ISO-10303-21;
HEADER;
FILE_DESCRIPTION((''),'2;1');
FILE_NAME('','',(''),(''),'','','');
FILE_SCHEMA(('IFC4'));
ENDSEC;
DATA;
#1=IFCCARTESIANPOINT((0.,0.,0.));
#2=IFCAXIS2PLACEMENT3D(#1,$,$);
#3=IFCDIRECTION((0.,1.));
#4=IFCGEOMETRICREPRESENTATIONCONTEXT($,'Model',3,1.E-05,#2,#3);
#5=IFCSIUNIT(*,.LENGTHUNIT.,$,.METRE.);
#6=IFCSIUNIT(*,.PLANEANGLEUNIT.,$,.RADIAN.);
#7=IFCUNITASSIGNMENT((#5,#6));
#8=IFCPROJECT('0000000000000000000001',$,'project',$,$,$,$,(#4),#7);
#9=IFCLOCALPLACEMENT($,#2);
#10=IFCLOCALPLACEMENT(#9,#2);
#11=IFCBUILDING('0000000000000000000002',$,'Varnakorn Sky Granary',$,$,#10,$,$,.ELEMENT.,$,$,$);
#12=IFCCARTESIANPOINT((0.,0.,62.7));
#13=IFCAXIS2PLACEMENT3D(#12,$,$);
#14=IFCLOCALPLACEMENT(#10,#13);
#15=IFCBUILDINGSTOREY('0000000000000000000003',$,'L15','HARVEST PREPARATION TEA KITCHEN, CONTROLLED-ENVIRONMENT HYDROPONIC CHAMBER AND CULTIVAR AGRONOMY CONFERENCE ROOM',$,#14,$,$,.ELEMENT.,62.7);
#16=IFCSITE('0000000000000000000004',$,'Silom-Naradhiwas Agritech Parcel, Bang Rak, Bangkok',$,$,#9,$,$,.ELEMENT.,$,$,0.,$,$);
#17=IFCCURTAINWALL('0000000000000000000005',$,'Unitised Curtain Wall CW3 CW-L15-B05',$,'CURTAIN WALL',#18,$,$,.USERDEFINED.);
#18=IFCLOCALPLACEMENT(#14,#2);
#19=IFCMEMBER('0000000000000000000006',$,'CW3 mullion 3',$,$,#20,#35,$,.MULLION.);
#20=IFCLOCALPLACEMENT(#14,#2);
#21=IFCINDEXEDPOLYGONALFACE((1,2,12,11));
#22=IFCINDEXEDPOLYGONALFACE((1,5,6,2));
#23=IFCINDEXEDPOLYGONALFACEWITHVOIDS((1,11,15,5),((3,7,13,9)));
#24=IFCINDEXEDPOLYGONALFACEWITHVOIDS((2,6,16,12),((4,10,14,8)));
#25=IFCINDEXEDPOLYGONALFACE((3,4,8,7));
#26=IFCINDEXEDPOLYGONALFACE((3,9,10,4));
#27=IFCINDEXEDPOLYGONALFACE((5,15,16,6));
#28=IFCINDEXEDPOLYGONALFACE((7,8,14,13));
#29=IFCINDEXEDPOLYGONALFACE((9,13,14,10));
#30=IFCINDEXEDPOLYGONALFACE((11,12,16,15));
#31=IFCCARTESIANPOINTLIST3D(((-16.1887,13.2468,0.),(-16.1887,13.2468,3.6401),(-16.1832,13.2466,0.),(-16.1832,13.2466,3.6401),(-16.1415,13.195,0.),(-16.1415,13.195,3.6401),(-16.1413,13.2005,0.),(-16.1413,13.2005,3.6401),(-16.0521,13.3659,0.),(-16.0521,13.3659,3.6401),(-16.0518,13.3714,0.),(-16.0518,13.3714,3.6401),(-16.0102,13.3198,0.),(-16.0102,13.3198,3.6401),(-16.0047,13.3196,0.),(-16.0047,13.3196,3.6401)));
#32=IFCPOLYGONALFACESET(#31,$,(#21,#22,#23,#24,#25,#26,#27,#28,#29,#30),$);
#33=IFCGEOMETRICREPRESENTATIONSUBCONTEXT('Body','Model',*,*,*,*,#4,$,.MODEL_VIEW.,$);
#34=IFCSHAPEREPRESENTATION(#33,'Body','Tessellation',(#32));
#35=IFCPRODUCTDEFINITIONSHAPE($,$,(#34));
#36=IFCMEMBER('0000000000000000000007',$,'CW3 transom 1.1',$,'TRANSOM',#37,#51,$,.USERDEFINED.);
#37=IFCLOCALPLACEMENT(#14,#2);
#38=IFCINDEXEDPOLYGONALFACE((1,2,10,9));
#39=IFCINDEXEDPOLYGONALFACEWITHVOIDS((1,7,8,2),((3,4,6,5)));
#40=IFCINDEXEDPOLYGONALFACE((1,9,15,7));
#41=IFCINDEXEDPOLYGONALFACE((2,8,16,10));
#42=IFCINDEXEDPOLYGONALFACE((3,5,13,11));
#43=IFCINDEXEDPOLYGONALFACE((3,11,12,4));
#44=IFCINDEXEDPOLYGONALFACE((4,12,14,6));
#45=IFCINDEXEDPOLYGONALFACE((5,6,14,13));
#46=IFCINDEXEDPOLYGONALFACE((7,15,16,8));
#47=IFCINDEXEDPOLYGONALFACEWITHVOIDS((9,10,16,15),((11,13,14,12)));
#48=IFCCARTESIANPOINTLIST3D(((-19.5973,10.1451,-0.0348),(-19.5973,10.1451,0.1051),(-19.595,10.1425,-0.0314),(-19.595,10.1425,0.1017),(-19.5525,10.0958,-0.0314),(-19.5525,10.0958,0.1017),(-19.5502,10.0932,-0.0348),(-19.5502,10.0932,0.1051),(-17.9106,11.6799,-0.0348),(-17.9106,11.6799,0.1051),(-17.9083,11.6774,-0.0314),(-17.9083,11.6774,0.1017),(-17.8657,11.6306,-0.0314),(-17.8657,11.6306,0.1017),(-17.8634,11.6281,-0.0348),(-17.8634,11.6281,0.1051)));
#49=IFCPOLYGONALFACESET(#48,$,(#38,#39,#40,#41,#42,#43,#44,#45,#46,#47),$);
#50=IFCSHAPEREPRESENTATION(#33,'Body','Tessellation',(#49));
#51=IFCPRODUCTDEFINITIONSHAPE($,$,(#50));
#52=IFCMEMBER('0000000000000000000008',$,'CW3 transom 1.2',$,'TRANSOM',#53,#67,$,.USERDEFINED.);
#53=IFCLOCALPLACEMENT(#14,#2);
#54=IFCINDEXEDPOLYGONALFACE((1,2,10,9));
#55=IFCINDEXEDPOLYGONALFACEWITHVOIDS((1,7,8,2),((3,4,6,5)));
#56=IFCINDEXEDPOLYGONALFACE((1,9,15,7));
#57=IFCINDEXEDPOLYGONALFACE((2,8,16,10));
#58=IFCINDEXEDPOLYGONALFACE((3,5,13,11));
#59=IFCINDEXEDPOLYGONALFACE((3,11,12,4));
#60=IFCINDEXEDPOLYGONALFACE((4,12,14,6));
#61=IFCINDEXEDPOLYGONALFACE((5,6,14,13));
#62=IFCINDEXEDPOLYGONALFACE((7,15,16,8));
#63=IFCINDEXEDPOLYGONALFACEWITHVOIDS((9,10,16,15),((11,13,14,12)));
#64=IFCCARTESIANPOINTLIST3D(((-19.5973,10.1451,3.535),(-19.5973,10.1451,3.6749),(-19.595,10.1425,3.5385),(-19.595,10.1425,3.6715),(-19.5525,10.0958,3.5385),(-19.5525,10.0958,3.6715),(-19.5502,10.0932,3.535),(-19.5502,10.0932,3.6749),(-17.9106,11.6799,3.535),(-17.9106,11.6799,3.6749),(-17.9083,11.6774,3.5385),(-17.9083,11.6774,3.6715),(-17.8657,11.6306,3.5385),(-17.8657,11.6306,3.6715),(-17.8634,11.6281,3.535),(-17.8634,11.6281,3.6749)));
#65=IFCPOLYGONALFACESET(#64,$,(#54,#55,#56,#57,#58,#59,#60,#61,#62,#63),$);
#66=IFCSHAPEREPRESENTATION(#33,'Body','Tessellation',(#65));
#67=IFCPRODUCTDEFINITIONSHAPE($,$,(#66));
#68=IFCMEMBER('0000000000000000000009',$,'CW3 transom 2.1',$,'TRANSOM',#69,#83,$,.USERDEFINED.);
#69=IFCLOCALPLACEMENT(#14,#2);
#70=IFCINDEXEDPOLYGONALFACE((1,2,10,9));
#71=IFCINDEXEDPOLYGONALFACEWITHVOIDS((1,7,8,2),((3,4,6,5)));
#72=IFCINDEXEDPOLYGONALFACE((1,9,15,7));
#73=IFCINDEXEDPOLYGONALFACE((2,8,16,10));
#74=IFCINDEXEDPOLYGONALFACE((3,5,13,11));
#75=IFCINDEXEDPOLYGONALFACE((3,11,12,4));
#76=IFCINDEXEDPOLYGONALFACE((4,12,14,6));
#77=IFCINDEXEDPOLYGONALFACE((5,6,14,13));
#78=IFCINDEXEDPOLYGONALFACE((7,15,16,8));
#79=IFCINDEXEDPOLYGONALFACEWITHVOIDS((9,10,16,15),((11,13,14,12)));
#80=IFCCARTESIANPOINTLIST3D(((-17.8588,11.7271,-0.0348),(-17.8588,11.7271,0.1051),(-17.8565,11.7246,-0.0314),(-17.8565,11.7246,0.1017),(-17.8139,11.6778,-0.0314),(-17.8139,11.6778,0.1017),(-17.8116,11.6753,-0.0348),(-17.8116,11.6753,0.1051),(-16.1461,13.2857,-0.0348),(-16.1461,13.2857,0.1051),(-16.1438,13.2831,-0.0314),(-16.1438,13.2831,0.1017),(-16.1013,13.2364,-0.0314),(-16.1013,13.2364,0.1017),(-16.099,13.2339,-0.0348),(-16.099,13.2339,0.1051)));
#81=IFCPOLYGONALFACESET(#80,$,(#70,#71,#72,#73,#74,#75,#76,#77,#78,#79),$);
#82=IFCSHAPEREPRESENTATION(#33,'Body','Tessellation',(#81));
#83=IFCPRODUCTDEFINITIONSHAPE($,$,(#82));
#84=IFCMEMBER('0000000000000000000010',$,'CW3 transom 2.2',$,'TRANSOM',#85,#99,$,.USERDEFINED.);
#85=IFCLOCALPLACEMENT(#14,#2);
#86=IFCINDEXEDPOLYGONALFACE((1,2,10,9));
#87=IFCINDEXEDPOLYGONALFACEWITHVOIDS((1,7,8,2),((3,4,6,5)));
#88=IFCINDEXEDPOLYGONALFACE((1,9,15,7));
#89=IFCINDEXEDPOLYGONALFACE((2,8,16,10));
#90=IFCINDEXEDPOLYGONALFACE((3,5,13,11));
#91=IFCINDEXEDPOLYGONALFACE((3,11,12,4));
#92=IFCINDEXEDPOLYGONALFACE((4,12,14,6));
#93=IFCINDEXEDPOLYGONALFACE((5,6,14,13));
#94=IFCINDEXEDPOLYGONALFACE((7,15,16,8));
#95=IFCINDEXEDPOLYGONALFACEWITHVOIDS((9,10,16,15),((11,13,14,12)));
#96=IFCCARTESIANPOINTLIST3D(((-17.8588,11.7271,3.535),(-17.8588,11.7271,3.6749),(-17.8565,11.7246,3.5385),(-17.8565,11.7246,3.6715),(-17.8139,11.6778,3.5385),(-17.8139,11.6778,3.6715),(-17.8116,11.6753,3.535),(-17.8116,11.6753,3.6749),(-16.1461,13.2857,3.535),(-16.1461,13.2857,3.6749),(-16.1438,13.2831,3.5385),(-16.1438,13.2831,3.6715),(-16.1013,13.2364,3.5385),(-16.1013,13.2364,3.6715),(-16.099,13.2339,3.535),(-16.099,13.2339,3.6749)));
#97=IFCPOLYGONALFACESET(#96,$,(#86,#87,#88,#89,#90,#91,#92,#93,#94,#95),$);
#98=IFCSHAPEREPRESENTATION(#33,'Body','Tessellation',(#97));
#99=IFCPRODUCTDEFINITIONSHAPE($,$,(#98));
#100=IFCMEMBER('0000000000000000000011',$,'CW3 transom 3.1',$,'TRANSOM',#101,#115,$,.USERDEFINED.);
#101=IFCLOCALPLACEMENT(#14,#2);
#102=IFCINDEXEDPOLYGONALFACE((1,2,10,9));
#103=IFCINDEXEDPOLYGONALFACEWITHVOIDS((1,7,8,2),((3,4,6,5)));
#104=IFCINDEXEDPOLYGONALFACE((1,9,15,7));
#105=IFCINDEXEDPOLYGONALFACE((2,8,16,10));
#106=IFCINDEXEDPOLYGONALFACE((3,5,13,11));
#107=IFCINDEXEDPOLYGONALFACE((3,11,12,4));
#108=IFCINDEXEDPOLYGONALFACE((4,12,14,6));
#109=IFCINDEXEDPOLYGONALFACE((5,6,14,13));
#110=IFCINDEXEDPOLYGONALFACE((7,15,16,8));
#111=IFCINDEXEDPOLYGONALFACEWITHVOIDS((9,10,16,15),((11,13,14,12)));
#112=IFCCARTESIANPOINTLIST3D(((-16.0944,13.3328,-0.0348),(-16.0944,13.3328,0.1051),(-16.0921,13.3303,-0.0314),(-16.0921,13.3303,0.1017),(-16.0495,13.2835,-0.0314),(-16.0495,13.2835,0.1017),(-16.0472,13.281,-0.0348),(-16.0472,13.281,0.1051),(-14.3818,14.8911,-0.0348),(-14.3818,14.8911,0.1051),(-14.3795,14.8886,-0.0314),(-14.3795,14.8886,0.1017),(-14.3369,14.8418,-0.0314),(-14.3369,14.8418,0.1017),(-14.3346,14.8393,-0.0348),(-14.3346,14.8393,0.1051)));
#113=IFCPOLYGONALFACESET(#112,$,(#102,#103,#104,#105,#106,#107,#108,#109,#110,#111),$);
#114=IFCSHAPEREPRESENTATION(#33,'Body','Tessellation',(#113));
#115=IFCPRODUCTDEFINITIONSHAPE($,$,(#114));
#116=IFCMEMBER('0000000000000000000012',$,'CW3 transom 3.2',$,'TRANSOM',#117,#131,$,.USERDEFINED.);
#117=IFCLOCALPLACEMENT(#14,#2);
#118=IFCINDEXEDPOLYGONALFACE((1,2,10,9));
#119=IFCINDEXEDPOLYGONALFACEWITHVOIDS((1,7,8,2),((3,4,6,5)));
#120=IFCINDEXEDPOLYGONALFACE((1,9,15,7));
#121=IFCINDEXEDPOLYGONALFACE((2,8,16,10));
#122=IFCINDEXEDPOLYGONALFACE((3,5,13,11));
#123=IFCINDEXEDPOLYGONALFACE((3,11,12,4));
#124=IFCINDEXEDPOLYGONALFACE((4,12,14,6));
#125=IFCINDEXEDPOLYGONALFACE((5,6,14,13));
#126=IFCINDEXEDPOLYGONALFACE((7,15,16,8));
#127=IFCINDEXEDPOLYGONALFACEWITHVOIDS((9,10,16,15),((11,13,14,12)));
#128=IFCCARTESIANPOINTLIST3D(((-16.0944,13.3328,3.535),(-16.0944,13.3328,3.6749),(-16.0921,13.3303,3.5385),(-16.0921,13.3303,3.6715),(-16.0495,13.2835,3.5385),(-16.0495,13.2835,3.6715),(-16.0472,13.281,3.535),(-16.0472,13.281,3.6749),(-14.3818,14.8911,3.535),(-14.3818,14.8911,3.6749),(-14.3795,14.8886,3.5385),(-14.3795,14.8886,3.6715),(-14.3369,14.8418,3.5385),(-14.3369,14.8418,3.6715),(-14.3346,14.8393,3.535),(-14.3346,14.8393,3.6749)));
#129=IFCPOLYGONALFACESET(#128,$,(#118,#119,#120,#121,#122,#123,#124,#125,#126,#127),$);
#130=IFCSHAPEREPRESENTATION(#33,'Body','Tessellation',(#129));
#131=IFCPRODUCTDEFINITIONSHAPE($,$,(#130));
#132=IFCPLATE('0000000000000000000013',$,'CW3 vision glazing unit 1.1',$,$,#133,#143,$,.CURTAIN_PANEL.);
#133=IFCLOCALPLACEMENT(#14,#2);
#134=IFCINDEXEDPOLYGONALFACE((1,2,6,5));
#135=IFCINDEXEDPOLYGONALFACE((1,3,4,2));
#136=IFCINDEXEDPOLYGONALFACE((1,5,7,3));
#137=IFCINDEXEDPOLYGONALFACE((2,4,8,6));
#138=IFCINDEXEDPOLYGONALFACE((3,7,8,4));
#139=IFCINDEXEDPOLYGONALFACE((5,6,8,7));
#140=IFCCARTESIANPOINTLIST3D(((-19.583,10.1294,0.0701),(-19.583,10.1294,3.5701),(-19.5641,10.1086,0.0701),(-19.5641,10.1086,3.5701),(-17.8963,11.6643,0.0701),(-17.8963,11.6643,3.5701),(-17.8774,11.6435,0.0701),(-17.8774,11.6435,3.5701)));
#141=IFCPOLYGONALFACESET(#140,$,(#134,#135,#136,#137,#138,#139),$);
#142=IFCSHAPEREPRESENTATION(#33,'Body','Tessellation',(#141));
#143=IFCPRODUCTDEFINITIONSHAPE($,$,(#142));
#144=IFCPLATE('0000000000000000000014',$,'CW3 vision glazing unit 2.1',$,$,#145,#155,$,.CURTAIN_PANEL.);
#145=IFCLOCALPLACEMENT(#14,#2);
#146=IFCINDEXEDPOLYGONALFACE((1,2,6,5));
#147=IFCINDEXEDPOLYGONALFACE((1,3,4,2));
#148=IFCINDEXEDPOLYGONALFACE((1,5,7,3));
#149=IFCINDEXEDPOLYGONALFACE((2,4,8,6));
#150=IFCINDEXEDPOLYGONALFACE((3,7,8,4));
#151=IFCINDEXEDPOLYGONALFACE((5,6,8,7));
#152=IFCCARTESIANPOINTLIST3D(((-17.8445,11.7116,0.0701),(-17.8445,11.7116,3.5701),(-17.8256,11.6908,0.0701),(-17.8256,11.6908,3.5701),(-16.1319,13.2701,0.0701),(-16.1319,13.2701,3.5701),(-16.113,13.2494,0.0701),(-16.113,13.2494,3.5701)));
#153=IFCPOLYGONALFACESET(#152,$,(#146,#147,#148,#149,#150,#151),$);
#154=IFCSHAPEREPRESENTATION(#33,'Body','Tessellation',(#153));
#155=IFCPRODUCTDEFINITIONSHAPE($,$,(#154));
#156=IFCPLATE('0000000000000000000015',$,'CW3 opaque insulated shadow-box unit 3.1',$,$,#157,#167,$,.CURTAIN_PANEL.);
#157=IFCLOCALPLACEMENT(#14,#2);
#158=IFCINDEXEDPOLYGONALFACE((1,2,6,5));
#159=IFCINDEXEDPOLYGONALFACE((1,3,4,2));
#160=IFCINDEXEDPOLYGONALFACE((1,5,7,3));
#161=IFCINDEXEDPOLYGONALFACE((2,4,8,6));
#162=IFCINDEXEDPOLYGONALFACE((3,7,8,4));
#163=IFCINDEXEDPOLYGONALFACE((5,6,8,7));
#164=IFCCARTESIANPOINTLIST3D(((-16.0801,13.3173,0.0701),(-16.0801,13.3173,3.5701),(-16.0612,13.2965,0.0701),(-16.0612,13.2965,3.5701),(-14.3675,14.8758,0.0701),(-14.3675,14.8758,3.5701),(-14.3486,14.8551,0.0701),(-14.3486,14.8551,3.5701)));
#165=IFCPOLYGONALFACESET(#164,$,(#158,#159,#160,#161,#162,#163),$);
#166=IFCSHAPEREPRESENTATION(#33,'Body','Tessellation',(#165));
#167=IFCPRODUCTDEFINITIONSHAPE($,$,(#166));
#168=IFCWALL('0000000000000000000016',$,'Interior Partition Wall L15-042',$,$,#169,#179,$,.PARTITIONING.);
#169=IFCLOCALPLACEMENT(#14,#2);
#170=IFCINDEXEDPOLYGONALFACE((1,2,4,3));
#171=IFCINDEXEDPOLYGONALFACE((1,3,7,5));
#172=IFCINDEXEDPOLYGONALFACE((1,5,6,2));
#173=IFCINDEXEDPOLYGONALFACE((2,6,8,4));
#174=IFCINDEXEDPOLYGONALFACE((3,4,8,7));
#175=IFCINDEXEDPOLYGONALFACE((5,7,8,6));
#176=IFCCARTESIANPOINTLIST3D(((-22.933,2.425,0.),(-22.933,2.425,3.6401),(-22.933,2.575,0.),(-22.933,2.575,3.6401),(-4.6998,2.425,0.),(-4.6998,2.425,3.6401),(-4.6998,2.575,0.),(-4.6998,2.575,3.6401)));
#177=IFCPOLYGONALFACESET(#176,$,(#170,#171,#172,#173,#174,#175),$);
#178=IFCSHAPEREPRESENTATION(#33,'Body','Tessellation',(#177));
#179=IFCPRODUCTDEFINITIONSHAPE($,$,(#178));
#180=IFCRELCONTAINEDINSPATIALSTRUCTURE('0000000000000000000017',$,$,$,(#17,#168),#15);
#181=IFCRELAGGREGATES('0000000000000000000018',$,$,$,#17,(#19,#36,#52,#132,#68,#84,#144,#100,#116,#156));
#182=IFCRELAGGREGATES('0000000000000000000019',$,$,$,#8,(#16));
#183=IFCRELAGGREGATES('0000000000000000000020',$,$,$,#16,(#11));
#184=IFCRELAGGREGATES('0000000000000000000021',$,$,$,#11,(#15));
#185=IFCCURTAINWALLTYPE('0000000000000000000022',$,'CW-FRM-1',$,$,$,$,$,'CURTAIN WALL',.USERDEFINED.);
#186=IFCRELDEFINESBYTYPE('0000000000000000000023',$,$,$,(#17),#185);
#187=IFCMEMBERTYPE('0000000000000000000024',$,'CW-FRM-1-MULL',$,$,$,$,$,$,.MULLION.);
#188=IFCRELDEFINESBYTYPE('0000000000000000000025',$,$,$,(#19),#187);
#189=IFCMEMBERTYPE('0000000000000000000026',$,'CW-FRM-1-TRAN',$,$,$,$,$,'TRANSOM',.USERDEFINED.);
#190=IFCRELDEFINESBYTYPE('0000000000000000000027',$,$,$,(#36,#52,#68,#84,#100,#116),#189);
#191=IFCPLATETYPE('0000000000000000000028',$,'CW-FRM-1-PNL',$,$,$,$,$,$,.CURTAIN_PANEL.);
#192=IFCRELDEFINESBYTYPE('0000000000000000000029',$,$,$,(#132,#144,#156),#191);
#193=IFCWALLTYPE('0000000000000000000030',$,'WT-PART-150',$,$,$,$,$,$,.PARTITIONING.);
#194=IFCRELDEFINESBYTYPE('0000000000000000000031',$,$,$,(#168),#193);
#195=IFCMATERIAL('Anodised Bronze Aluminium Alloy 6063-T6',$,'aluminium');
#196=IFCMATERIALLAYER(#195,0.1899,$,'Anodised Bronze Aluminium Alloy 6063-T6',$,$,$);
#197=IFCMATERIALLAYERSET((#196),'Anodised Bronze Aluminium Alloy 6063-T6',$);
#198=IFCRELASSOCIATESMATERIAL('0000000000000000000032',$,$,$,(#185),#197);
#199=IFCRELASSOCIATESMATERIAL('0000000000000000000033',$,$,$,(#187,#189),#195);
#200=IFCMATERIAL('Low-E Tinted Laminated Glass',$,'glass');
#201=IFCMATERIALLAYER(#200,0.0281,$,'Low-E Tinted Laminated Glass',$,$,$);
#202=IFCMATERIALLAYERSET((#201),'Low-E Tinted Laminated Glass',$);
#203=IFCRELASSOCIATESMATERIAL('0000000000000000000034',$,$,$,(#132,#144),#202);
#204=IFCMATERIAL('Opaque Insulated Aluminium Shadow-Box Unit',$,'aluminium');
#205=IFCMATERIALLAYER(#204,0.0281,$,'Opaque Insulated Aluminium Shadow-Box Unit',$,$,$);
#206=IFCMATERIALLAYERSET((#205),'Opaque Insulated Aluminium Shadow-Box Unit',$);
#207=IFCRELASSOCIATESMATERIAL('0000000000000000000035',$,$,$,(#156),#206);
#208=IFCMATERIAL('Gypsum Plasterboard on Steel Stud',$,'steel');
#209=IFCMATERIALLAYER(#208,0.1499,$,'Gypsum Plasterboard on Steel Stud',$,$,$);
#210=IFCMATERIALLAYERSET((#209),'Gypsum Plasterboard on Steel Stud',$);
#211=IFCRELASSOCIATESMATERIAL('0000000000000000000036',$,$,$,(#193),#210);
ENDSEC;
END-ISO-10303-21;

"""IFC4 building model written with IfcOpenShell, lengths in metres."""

from ifc_helpers import new_model, si_unit, direction, frame, frame_2d, origin, origin_2d, place, context, subcontext, project, spatial, rectangle, hollow_rectangle, extrude, source, transform, mapped, material, layer, layer_set, material_profile, profile_set, type_object, type_shapes, element, aggregate, save


model = new_model("IFC4")

# Units and contexts
model_context = context("Model", 3, precision=1e-05, world=origin(), true_north=direction((0.0, 1.0)))
body_context = subcontext(model_context, "Body", "Model", "MODEL_VIEW")
ifc_project = project(units=[si_unit("LENGTHUNIT", "METRE"), si_unit("PLANEANGLEUNIT", "RADIAN")], contexts=[model_context])

# Site, building, storey
site_placement = place(None, origin())
site = spatial("IfcSite", under=ifc_project, at=site_placement, Name="Silom-Naradhiwas Agritech Parcel, Bang Rak, Bangkok", CompositionType="ELEMENT", RefElevation=0.0)
building_placement = place(site_placement, origin())
building = spatial("IfcBuilding", under=site, at=building_placement, Name="Varnakorn Sky Granary", CompositionType="ELEMENT")
storey_placement = place(building_placement, frame((0.0, 0.0, 62.7)))
storey = spatial("IfcBuildingStorey", under=building, at=storey_placement, Name="L15", Description="HARVEST PREPARATION TEA KITCHEN, CONTROLLED-ENVIRONMENT HYDROPONIC CHAMBER AND CULTIVAR AGRONOMY CONFERENCE ROOM", CompositionType="ELEMENT", Elevation=62.7)

# Curtain wall, members, plates
ifc_material_1 = material(Name="Anodised Bronze Aluminium Alloy 6063-T6", Category="aluminium")
ifc_layer_1 = layer(ifc_material_1, 0.1899, Name="Anodised Bronze Aluminium Alloy 6063-T6")
ifc_layer_set_1 = layer_set([ifc_layer_1], Name="Anodised Bronze Aluminium Alloy 6063-T6")
curtain_wall_type = type_object("IfcCurtainWallType", Name="CW-FRM-1", ElementType="CURTAIN WALL", PredefinedType="USERDEFINED", material=ifc_layer_set_1)
curtain_wall_placement = place(storey_placement, origin())
curtain_wall = element("IfcCurtainWall", 1, at=curtain_wall_placement, inside=storey, type_object=curtain_wall_type, Name="Unitised Curtain Wall CW3 CW-L15-B05", ObjectType="CURTAIN WALL", PredefinedType="USERDEFINED")
ifc_material_profile_1 = material_profile(ifc_material_1, hollow_rectangle(XDim=0.0701, YDim=0.1851, WallThickness=0.0039, at=origin_2d()), Name="ALU MULL 70x185")
ifc_profile_set_1 = profile_set([ifc_material_profile_1], Name="Anodised Bronze Aluminium Alloy 6063-T6")
member_type_1 = type_object("IfcMemberType", Name="CW-FRM-1-MULL", PredefinedType="MULLION", material=ifc_profile_set_1)
member_1_placement = place(storey_placement, frame((-16.0967, 13.2832, 0.0), z_axis=(0.0, 0.0, 1.0), x_axis=(-0.673051, 0.739596, 0.0)))
member_1 = element("IfcMember", 2, at=member_1_placement, type_object=member_type_1, Name="CW3 mullion 3", PredefinedType="MULLION", context=body_context, shape_type="SweptSolid", body=[
    extrude(hollow_rectangle(XDim=0.0701, YDim=0.1851, WallThickness=0.0039, at=origin_2d()), origin(), (0.0, 0.0, 1.0), 3.6401),
])
ifc_material_profile_2 = material_profile(ifc_material_1, hollow_rectangle(XDim=0.0701, YDim=0.1399, WallThickness=0.0034, at=origin_2d()), Name="ALU TRAN 70x140")
ifc_profile_set_2 = profile_set([ifc_material_profile_2], Name="Anodised Bronze Aluminium Alloy 6063-T6")
member_type_2 = type_object("IfcMemberType", Name="CW-FRM-1-TRAN", ElementType="TRANSOM", PredefinedType="USERDEFINED", material=ifc_profile_set_2)
member_2_placement = place(storey_placement, frame((-19.5737, 10.1191, 0.0352), z_axis=(0.739615, 0.67303, 0.0), x_axis=(-0.67303, 0.739615, 0.0)))
member_2 = element("IfcMember", 3, at=member_2_placement, type_object=member_type_2, Name="CW3 transom 1.1", ObjectType="TRANSOM", PredefinedType="USERDEFINED", context=body_context, shape_type="SweptSolid", body=[
    extrude(hollow_rectangle(XDim=0.0701, YDim=0.1399, WallThickness=0.0034, at=origin_2d()), origin(), (0.0, 0.0, 1.0), 2.2805),
])
member_3_placement = place(storey_placement, frame((-19.5737, 10.1191, 3.605), z_axis=(0.739615, 0.67303, 0.0), x_axis=(-0.67303, 0.739615, 0.0)))
member_3 = element("IfcMember", 4, at=member_3_placement, type_object=member_type_2, Name="CW3 transom 1.2", ObjectType="TRANSOM", PredefinedType="USERDEFINED", context=body_context, shape_type="SweptSolid", body=[
    extrude(hollow_rectangle(XDim=0.0701, YDim=0.1399, WallThickness=0.0034, at=origin_2d()), origin(), (0.0, 0.0, 1.0), 2.2805),
])
member_4_placement = place(storey_placement, frame((-17.8352, 11.7012, 0.0352), z_axis=(0.739587, 0.673061, 0.0), x_axis=(-0.673061, 0.739587, 0.0)))
member_4 = element("IfcMember", 5, at=member_4_placement, type_object=member_type_2, Name="CW3 transom 2.1", ObjectType="TRANSOM", PredefinedType="USERDEFINED", context=body_context, shape_type="SweptSolid", body=[
    extrude(hollow_rectangle(XDim=0.0701, YDim=0.1399, WallThickness=0.0034, at=origin_2d()), origin(), (0.0, 0.0, 1.0), 2.3157),
])
member_5_placement = place(storey_placement, frame((-17.8352, 11.7012, 3.605), z_axis=(0.739587, 0.673061, 0.0), x_axis=(-0.673061, 0.739587, 0.0)))
member_5 = element("IfcMember", 6, at=member_5_placement, type_object=member_type_2, Name="CW3 transom 2.2", ObjectType="TRANSOM", PredefinedType="USERDEFINED", context=body_context, shape_type="SweptSolid", body=[
    extrude(hollow_rectangle(XDim=0.0701, YDim=0.1399, WallThickness=0.0034, at=origin_2d()), origin(), (0.0, 0.0, 1.0), 2.3157),
])
member_6_placement = place(storey_placement, frame((-16.0708, 13.3069, 0.0352), z_axis=(0.739639, 0.673003, 0.0), x_axis=(-0.673003, 0.739639, 0.0)))
member_6 = element("IfcMember", 7, at=member_6_placement, type_object=member_type_2, Name="CW3 transom 3.1", ObjectType="TRANSOM", PredefinedType="USERDEFINED", context=body_context, shape_type="SweptSolid", body=[
    extrude(hollow_rectangle(XDim=0.0701, YDim=0.1399, WallThickness=0.0034, at=origin_2d()), origin(), (0.0, 0.0, 1.0), 2.3154),
])
member_7_placement = place(storey_placement, frame((-16.0708, 13.3069, 3.605), z_axis=(0.739639, 0.673003, 0.0), x_axis=(-0.673003, 0.739639, 0.0)))
member_7 = element("IfcMember", 8, at=member_7_placement, type_object=member_type_2, Name="CW3 transom 3.2", ObjectType="TRANSOM", PredefinedType="USERDEFINED", context=body_context, shape_type="SweptSolid", body=[
    extrude(hollow_rectangle(XDim=0.0701, YDim=0.1399, WallThickness=0.0034, at=origin_2d()), origin(), (0.0, 0.0, 1.0), 2.3154),
])
ifc_material_2 = material(Name="Low-E Tinted Laminated Glass", Category="glass")
ifc_layer_2 = layer(ifc_material_2, 0.0281, Name="Low-E Tinted Laminated Glass")
ifc_layer_set_2 = layer_set([ifc_layer_2], Name="Low-E Tinted Laminated Glass")
plate_type = type_object("IfcPlateType", Name="CW-FRM-1-PNL", PredefinedType="CURTAIN_PANEL")
shared_shape_1 = source(origin(), body_context, "Body", "SweptSolid", [
    extrude(rectangle(XDim=2.2805, YDim=0.0281, at=origin_2d()), origin(), (0.0, 0.0, 1.0), 3.5),
])
plate_1_placement = place(storey_placement, frame((-18.7302, 10.8865, 0.0701), z_axis=(0.0, 0.0, 1.0), x_axis=(0.739596, 0.673051, 0.0)))
plate_1 = element("IfcPlate", 9, at=plate_1_placement, type_object=plate_type, material=ifc_layer_set_2, Name="CW3 vision glazing unit 1.1", PredefinedType="CURTAIN_PANEL", context=body_context, shape_type="MappedRepresentation", body=[
    mapped(shared_shape_1, transform((0.0, 0.0, 0.0), x_axis=(1.0, 0.0, 0.0), y_axis=(0.0, 1.0, 0.0), z_axis=(0.0, 0.0, 1.0), scale=1.0)),
])
shared_shape_2 = source(origin(), body_context, "Body", "SweptSolid", [
    extrude(rectangle(XDim=2.3157, YDim=0.0281, at=origin_2d()), origin(), (0.0, 0.0, 1.0), 3.5),
])
type_shapes(plate_type, [shared_shape_1, shared_shape_2])
plate_2_placement = place(storey_placement, frame((-16.9788, 12.4805, 0.0701), z_axis=(0.0, 0.0, 1.0), x_axis=(0.739596, 0.673051, 0.0)))
plate_2 = element("IfcPlate", 10, at=plate_2_placement, type_object=plate_type, material=ifc_layer_set_2, Name="CW3 vision glazing unit 2.1", PredefinedType="CURTAIN_PANEL", context=body_context, shape_type="MappedRepresentation", body=[
    mapped(shared_shape_2, transform((0.0, 0.0, 0.0), x_axis=(1.0, 0.0, 0.0), y_axis=(0.0, 1.0, 0.0), z_axis=(0.0, 0.0, 1.0), scale=1.0)),
])
ifc_material_3 = material(Name="Opaque Insulated Aluminium Shadow-Box Unit", Category="aluminium")
ifc_layer_3 = layer(ifc_material_3, 0.0281, Name="Opaque Insulated Aluminium Shadow-Box Unit")
ifc_layer_set_3 = layer_set([ifc_layer_3], Name="Opaque Insulated Aluminium Shadow-Box Unit")
plate_3_placement = place(storey_placement, frame((-15.2144, 14.0862, 0.0701), z_axis=(0.0, 0.0, 1.0), x_axis=(0.739596, 0.673051, 0.0)))
plate_3 = element("IfcPlate", 11, at=plate_3_placement, type_object=plate_type, material=ifc_layer_set_3, Name="CW3 opaque insulated shadow-box unit 3.1", PredefinedType="CURTAIN_PANEL", context=body_context, shape_type="MappedRepresentation", body=[
    mapped(shared_shape_2, transform((0.0, 0.0, 0.0), x_axis=(1.0, 0.0, 0.0), y_axis=(0.0, 1.0, 0.0), z_axis=(0.0, 0.0, 1.0), scale=1.0)),
])
aggregate(curtain_wall, [member_1, member_2, member_3, plate_1, member_4, member_5, plate_2, member_6, member_7, plate_3])

# Wall
ifc_material_4 = material(Name="Gypsum Plasterboard on Steel Stud", Category="steel")
ifc_layer_4 = layer(ifc_material_4, 0.1499, Name="Gypsum Plasterboard on Steel Stud")
ifc_layer_set_4 = layer_set([ifc_layer_4], Name="Gypsum Plasterboard on Steel Stud")
wall_type = type_object("IfcWallType", Name="WT-PART-150", PredefinedType="PARTITIONING", material=ifc_layer_set_4)
wall_placement = place(storey_placement, frame((-22.9331, 2.5, 0.0), z_axis=(0.0, 0.0, 1.0), x_axis=(1.0, 0.0, 0.0)))
element("IfcWall", 12, at=wall_placement, inside=storey, type_object=wall_type, Name="Interior Partition Wall L15-042", PredefinedType="PARTITIONING", context=body_context, shape_type="SweptSolid", body=[
    extrude(rectangle(XDim=18.2332, YDim=0.1499, at=frame_2d((9.1167, 0.0))), origin(), (0.0, 0.0, 1.0), 3.6401),
])

save(model, "model.ifc")
